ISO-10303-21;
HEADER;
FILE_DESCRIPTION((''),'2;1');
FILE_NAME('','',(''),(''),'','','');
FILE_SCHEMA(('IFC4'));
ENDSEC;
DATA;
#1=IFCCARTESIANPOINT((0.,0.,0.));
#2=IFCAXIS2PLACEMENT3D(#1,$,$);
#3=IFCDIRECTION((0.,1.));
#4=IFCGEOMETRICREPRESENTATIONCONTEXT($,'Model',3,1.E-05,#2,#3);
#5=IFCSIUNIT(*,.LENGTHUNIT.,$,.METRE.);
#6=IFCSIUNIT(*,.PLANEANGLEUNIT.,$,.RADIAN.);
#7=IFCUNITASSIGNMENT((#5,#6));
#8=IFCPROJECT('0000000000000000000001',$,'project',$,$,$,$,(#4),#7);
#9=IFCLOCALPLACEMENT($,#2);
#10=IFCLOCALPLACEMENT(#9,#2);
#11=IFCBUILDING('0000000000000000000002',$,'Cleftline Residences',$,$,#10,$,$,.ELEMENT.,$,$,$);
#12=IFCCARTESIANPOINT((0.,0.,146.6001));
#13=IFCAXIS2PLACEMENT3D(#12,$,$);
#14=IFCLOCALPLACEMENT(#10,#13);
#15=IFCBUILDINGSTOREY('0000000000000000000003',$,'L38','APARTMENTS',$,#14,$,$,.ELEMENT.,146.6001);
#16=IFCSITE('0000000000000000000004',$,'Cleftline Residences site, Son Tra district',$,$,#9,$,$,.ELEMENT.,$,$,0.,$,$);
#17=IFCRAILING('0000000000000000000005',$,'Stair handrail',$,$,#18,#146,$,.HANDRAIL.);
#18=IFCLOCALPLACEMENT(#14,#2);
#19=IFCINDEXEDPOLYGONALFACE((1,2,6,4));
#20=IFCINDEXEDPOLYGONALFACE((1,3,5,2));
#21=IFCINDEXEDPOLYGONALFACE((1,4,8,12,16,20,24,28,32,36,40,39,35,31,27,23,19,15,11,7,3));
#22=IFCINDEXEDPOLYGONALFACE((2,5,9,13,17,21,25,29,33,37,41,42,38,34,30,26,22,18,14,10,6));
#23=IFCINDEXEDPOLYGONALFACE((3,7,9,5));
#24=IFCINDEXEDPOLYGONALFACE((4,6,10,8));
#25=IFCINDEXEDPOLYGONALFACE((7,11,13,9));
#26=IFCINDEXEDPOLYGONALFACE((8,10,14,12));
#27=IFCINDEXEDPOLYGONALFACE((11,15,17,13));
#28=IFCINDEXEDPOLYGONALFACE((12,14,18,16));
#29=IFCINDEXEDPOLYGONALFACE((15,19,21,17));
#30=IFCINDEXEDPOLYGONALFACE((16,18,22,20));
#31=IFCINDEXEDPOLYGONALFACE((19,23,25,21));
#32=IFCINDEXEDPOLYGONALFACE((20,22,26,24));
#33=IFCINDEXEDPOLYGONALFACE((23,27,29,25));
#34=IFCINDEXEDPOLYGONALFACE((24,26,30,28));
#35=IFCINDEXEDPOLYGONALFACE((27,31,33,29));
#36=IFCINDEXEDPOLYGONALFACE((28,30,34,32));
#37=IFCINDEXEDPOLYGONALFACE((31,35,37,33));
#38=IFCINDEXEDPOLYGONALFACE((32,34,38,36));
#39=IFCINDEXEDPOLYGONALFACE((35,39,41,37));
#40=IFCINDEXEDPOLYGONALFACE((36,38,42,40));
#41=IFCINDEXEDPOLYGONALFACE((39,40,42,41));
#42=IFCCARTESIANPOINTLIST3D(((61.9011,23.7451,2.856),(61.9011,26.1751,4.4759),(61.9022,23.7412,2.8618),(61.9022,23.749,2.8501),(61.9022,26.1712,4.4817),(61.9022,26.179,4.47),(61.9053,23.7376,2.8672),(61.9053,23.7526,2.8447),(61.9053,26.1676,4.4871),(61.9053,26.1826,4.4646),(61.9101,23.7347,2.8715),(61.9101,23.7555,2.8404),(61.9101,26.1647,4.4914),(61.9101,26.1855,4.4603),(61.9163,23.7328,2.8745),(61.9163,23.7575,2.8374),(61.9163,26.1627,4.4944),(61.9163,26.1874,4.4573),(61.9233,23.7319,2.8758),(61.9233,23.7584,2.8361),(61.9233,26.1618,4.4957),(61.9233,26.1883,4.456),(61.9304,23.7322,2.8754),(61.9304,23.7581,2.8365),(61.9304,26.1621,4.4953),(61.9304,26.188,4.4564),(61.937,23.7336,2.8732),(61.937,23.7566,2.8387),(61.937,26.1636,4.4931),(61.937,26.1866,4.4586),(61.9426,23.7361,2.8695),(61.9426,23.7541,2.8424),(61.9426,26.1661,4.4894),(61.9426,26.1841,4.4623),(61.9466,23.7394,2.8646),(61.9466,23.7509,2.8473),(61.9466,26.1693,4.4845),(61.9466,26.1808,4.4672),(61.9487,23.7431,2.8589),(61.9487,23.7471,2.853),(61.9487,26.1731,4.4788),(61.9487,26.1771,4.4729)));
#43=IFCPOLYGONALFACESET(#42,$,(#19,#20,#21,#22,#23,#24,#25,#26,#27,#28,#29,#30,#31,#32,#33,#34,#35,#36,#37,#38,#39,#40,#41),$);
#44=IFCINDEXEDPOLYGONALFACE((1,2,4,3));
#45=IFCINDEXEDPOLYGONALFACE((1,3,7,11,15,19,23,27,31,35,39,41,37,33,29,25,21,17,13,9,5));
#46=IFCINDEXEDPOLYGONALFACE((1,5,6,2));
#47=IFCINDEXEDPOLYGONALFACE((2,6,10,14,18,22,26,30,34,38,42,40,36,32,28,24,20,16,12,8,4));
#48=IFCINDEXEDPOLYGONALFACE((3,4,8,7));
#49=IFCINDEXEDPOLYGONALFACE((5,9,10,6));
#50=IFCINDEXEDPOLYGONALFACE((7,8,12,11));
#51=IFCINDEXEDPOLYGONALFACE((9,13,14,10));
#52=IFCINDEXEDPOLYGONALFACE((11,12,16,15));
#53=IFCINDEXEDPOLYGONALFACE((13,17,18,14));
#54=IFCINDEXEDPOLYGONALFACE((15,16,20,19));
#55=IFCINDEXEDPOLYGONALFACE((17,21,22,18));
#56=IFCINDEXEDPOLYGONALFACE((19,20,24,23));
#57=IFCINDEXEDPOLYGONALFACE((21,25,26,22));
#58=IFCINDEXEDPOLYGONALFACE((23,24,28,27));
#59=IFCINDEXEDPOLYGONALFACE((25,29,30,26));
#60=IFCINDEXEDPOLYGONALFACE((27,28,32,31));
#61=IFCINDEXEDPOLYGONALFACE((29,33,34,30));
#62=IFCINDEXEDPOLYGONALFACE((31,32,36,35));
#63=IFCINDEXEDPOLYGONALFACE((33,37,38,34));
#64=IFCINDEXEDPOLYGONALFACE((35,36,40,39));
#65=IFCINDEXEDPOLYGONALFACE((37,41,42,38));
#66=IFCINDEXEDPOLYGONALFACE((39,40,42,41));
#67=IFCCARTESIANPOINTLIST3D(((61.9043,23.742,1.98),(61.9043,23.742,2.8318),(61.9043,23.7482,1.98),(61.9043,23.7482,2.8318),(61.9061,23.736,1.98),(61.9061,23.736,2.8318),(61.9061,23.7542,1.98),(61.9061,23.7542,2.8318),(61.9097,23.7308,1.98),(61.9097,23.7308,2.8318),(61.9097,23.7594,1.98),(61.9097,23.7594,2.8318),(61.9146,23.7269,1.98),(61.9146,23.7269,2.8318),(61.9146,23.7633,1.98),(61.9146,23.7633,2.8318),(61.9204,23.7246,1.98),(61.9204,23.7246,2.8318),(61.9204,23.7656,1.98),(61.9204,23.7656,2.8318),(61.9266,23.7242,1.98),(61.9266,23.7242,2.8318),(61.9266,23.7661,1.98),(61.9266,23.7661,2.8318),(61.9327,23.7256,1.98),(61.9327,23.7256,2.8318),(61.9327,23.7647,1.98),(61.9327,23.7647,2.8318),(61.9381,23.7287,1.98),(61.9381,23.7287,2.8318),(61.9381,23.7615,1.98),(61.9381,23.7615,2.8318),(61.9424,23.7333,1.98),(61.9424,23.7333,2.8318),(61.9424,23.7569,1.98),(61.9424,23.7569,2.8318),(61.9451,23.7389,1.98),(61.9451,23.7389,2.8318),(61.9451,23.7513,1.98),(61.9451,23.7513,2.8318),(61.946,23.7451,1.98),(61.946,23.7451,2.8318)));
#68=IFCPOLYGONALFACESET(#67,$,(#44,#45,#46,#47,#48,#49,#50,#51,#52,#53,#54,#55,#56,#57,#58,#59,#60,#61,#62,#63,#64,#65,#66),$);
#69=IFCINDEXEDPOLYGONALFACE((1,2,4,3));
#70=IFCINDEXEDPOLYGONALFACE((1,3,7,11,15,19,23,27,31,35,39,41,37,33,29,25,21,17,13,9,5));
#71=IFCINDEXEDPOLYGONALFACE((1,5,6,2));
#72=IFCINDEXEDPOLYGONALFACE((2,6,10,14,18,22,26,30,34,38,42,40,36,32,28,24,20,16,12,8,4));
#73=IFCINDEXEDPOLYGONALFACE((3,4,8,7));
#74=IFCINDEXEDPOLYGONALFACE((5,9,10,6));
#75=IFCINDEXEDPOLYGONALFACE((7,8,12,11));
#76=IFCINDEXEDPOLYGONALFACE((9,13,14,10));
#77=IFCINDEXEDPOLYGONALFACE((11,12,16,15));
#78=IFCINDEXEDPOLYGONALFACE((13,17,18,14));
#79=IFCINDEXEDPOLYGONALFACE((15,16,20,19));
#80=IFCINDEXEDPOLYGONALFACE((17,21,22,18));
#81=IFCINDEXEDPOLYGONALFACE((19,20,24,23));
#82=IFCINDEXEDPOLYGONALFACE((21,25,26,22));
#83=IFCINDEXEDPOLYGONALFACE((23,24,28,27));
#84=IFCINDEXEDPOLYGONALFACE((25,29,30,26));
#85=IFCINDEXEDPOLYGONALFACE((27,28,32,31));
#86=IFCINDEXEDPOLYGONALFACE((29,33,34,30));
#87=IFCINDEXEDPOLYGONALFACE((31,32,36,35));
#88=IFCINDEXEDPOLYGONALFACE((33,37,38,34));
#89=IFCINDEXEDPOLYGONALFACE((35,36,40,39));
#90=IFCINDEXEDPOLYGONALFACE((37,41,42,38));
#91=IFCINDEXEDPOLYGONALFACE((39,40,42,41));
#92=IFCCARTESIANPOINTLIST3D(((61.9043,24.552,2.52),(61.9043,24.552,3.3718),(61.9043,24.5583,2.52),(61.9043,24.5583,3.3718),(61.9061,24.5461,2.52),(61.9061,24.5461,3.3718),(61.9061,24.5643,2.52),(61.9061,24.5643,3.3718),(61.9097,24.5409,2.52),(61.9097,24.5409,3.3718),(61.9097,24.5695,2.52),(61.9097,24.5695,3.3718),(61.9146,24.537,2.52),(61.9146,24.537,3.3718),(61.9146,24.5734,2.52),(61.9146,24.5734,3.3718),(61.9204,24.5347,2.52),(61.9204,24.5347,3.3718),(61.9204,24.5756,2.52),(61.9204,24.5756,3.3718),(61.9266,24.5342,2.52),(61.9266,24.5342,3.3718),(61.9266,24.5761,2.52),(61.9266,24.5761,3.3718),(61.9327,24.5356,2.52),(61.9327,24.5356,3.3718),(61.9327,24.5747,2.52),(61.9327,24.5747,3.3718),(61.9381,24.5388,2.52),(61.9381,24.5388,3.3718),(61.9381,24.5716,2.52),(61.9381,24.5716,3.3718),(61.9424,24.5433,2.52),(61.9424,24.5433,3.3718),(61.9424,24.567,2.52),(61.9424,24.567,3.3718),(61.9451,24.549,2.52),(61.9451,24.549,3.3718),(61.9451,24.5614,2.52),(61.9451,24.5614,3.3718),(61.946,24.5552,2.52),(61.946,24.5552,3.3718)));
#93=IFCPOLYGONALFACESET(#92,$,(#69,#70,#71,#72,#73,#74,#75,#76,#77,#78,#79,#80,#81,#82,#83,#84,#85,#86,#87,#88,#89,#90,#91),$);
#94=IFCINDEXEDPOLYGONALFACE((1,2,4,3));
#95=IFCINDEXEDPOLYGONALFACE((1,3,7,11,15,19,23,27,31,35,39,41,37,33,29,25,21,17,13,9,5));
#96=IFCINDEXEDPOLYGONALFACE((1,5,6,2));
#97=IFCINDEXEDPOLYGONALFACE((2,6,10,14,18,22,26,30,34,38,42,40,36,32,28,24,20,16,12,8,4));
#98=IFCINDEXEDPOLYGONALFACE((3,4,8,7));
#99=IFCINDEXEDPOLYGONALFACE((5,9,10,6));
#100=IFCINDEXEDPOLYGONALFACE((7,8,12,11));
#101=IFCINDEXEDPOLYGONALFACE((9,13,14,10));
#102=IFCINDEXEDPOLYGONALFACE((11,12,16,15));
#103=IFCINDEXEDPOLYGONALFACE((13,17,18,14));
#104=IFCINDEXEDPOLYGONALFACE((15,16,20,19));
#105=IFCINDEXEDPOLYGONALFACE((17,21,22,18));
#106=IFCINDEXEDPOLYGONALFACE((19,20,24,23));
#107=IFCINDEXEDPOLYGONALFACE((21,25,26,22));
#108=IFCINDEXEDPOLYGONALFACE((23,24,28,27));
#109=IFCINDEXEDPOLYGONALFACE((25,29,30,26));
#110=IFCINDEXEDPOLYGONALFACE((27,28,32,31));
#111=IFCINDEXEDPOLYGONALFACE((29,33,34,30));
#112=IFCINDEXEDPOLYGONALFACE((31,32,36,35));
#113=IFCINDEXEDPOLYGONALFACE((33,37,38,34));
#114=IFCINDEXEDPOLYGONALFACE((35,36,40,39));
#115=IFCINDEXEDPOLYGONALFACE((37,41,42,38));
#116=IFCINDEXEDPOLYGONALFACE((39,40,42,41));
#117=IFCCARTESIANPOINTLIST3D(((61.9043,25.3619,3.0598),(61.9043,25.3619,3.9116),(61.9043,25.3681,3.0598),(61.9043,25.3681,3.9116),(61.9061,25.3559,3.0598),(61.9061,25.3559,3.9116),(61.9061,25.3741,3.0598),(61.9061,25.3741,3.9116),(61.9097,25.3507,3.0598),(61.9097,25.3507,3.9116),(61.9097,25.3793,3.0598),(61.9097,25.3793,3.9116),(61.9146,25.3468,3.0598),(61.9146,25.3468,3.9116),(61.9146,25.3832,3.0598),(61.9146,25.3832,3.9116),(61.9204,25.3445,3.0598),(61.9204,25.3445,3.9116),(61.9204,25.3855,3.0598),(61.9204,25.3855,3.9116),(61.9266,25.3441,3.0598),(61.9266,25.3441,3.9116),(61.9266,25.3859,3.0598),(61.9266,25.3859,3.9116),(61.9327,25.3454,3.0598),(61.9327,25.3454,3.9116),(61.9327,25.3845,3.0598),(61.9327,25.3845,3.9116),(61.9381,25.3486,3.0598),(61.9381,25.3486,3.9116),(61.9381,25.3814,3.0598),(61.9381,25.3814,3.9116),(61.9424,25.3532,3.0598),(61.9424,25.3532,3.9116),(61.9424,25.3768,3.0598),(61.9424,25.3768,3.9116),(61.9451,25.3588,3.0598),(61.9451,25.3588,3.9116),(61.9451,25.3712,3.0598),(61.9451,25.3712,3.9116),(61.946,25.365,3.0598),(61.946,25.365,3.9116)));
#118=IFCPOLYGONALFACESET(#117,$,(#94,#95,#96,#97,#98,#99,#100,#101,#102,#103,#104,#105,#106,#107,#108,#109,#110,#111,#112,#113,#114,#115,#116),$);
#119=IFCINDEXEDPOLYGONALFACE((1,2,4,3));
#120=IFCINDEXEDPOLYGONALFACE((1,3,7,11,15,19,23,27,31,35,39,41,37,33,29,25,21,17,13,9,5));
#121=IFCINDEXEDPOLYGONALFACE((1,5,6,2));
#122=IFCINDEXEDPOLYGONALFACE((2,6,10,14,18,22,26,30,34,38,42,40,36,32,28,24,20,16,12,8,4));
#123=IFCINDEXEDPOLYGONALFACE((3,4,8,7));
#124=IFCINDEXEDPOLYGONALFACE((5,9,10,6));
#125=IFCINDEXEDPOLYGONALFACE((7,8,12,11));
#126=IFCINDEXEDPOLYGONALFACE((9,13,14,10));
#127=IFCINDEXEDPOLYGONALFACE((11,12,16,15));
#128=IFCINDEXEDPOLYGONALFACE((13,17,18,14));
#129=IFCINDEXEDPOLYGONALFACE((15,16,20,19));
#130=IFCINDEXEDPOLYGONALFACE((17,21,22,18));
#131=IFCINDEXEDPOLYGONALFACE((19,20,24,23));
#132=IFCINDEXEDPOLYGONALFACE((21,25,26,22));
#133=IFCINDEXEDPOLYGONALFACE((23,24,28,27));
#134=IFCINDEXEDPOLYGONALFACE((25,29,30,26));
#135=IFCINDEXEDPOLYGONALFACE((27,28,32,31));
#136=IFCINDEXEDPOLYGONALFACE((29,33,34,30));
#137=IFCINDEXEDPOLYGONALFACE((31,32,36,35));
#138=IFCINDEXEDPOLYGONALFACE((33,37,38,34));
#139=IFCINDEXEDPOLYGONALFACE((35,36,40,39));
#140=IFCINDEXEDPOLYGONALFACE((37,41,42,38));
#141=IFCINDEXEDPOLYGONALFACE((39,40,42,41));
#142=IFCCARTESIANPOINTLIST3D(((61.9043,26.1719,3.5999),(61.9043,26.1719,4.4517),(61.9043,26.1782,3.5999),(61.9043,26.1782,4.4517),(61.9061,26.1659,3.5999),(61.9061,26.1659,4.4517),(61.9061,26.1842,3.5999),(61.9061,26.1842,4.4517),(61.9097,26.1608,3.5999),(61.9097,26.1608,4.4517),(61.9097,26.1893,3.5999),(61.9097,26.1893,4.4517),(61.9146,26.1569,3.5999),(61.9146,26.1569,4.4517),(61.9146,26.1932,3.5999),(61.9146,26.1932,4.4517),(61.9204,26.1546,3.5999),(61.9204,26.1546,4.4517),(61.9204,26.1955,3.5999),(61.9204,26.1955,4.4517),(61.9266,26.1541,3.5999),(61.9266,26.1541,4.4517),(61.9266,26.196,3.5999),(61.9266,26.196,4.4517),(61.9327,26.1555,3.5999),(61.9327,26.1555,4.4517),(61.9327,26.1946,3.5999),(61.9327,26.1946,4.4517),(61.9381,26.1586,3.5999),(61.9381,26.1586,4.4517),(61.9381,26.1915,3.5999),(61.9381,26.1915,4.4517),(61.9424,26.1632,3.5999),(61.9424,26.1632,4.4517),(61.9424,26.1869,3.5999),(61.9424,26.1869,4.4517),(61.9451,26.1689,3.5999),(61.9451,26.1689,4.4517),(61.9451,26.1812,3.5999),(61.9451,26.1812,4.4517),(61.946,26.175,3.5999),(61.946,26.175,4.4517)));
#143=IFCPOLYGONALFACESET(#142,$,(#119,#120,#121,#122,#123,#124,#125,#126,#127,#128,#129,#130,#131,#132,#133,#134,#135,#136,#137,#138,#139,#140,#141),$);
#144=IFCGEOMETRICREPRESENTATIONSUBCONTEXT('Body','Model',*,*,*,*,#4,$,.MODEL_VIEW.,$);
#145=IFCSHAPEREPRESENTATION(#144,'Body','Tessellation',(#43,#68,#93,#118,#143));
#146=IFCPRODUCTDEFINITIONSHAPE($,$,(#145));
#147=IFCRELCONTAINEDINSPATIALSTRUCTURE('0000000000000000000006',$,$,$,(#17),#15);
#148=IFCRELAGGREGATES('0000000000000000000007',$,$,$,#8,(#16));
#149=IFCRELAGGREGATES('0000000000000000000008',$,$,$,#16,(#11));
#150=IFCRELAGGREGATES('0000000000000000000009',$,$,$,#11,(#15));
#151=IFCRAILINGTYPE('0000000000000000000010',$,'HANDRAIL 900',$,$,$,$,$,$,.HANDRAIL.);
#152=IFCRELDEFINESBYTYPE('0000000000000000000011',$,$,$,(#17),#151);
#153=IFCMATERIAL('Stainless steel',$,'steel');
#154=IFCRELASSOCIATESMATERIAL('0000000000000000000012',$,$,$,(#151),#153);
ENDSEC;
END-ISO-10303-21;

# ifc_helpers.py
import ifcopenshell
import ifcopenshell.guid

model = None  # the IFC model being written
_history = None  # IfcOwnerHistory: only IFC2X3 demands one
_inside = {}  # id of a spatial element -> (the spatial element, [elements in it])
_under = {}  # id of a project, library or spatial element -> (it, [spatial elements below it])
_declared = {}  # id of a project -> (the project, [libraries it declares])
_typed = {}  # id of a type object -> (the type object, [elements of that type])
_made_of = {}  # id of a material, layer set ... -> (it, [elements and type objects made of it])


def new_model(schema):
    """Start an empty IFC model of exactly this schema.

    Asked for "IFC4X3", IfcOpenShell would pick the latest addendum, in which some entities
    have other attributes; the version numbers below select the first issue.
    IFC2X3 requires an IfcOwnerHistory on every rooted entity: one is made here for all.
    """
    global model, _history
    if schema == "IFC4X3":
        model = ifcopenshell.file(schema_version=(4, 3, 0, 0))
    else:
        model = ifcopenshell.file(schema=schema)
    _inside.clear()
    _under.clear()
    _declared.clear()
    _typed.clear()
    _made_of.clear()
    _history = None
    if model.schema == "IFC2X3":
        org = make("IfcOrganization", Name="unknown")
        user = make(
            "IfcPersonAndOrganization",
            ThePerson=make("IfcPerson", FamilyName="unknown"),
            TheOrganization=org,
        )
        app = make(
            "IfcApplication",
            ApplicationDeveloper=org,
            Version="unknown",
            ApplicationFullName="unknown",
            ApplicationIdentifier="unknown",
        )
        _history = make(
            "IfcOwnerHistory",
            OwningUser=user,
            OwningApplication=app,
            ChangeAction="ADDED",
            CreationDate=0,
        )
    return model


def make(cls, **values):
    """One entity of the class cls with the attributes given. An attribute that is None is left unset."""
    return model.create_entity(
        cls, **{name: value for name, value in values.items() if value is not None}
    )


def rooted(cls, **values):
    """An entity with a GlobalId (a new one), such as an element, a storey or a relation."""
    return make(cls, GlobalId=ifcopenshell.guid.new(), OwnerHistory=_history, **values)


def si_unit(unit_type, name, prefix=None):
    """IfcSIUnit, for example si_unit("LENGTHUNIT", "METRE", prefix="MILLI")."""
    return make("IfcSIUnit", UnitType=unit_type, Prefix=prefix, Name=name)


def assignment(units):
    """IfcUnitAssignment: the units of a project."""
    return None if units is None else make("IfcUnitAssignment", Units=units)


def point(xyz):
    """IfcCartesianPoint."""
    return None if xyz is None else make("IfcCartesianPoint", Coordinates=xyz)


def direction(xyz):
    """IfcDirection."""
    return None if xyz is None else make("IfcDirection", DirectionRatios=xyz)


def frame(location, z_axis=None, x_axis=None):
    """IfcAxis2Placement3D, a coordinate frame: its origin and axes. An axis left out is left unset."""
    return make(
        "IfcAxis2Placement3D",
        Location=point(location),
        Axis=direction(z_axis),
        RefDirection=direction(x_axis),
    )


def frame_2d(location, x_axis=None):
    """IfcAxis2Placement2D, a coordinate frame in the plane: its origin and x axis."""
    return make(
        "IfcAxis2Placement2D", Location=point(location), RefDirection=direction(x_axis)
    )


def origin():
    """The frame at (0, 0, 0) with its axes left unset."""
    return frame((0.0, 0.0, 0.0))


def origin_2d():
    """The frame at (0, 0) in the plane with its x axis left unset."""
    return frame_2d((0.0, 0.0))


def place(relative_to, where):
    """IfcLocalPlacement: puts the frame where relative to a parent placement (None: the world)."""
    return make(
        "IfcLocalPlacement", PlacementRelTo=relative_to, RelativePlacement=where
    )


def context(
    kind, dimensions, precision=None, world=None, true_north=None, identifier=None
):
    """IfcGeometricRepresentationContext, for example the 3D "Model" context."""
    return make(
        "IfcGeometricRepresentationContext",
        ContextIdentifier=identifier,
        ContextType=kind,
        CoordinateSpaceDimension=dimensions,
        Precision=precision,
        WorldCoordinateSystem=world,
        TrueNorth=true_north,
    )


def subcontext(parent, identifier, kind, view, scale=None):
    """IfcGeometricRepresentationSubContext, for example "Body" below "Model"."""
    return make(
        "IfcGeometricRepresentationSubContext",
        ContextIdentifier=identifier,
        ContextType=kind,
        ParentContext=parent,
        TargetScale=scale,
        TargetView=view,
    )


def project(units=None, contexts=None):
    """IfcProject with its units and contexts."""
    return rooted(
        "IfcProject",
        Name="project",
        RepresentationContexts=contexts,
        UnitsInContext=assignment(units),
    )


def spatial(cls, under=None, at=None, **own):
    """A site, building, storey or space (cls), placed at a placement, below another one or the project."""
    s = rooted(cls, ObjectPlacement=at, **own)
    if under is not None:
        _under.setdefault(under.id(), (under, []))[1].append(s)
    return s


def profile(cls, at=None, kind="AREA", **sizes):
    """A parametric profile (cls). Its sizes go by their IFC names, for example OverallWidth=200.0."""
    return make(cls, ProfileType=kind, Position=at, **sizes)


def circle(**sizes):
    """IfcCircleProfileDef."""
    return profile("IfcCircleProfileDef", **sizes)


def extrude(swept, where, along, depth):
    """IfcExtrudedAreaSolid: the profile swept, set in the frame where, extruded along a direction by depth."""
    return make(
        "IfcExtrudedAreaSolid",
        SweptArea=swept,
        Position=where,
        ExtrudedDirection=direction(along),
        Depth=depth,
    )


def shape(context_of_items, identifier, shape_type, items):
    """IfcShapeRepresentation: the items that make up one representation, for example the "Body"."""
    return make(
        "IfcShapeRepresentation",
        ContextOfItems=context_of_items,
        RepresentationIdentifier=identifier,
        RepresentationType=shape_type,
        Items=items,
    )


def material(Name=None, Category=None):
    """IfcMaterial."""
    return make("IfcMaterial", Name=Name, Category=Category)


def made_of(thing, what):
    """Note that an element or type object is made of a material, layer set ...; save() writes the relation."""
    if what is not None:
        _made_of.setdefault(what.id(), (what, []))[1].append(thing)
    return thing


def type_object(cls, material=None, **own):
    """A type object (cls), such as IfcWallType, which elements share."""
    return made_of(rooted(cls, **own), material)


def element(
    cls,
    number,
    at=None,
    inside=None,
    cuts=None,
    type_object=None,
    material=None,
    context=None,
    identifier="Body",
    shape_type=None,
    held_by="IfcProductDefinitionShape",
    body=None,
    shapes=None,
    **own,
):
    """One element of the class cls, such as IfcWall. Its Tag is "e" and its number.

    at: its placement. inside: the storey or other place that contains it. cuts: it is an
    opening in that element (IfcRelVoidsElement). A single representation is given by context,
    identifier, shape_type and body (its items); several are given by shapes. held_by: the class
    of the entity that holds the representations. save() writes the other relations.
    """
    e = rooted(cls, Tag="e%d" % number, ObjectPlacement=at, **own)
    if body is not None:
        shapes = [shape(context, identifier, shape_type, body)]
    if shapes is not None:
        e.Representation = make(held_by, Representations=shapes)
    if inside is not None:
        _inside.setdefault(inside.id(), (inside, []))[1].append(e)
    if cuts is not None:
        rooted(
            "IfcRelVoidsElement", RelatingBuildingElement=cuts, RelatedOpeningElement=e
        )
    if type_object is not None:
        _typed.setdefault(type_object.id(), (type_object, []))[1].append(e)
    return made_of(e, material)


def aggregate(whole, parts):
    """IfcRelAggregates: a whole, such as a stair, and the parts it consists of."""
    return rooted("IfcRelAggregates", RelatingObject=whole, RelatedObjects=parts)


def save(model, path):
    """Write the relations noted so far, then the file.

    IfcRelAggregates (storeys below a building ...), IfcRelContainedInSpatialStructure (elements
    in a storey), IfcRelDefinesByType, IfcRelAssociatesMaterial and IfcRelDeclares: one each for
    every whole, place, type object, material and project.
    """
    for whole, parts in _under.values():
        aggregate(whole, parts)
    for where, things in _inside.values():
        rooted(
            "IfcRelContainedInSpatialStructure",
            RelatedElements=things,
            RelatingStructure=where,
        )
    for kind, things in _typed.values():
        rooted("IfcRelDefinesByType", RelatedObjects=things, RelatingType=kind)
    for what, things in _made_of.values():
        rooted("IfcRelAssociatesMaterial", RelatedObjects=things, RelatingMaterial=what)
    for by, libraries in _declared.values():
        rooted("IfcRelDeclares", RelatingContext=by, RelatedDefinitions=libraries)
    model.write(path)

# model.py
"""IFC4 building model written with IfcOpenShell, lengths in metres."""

from ifc_helpers import new_model, si_unit, direction, frame, origin, origin_2d, place, context, subcontext, project, spatial, circle, extrude, material, type_object, element, save


model = new_model("IFC4")

# Units and contexts
model_context = context("Model", 3, precision=1e-05, world=origin(), true_north=direction((0.0, 1.0)))
body_context = subcontext(model_context, "Body", "Model", "MODEL_VIEW")
ifc_project = project(units=[si_unit("LENGTHUNIT", "METRE"), si_unit("PLANEANGLEUNIT", "RADIAN")], contexts=[model_context])

# Site, building, storey
site_placement = place(None, origin())
site = spatial("IfcSite", under=ifc_project, at=site_placement, Name="Cleftline Residences site, Son Tra district", CompositionType="ELEMENT", RefElevation=0.0)
building_placement = place(site_placement, origin())
building = spatial("IfcBuilding", under=site, at=building_placement, Name="Cleftline Residences", CompositionType="ELEMENT")
storey_placement = place(building_placement, frame((0.0, 0.0, 146.6001)))
storey = spatial("IfcBuildingStorey", under=building, at=storey_placement, Name="L38", Description="APARTMENTS", CompositionType="ELEMENT", Elevation=146.6001)

# Railing
ifc_material_1 = material(Name="Stainless steel", Category="steel")
railing_type = type_object("IfcRailingType", Name="HANDRAIL 900", PredefinedType="HANDRAIL", material=ifc_material_1)
railing_placement = place(storey_placement, frame((61.925, 23.7451, 1.98)))
element("IfcRailing", 1, at=railing_placement, inside=storey, type_object=railing_type, Name="Stair handrail", PredefinedType="HANDRAIL", context=body_context, shape_type="SweptSolid", body=[
    extrude(circle(Radius=0.0239, at=origin_2d()), frame((0.0, 0.0, 0.876), z_axis=(0.0, 0.832063, 0.554681), x_axis=(-1.0, 0.0, 0.0)), (0.0, 0.0, 1.0), 2.9204),
    extrude(circle(Radius=0.021, at=origin_2d()), origin(), (0.0, 0.0, 1.0), 0.8518),
    extrude(circle(Radius=0.021, at=origin_2d()), frame((0.0, 0.8101, 0.54)), (0.0, 0.0, 1.0), 0.8518),
    extrude(circle(Radius=0.021, at=origin_2d()), frame((0.0, 1.6199, 1.0798)), (0.0, 0.0, 1.0), 0.8518),
    extrude(circle(Radius=0.021, at=origin_2d()), frame((0.0, 2.4299, 1.6199)), (0.0, 0.0, 1.0), 0.8518),
])

save(model, "model.ifc")
